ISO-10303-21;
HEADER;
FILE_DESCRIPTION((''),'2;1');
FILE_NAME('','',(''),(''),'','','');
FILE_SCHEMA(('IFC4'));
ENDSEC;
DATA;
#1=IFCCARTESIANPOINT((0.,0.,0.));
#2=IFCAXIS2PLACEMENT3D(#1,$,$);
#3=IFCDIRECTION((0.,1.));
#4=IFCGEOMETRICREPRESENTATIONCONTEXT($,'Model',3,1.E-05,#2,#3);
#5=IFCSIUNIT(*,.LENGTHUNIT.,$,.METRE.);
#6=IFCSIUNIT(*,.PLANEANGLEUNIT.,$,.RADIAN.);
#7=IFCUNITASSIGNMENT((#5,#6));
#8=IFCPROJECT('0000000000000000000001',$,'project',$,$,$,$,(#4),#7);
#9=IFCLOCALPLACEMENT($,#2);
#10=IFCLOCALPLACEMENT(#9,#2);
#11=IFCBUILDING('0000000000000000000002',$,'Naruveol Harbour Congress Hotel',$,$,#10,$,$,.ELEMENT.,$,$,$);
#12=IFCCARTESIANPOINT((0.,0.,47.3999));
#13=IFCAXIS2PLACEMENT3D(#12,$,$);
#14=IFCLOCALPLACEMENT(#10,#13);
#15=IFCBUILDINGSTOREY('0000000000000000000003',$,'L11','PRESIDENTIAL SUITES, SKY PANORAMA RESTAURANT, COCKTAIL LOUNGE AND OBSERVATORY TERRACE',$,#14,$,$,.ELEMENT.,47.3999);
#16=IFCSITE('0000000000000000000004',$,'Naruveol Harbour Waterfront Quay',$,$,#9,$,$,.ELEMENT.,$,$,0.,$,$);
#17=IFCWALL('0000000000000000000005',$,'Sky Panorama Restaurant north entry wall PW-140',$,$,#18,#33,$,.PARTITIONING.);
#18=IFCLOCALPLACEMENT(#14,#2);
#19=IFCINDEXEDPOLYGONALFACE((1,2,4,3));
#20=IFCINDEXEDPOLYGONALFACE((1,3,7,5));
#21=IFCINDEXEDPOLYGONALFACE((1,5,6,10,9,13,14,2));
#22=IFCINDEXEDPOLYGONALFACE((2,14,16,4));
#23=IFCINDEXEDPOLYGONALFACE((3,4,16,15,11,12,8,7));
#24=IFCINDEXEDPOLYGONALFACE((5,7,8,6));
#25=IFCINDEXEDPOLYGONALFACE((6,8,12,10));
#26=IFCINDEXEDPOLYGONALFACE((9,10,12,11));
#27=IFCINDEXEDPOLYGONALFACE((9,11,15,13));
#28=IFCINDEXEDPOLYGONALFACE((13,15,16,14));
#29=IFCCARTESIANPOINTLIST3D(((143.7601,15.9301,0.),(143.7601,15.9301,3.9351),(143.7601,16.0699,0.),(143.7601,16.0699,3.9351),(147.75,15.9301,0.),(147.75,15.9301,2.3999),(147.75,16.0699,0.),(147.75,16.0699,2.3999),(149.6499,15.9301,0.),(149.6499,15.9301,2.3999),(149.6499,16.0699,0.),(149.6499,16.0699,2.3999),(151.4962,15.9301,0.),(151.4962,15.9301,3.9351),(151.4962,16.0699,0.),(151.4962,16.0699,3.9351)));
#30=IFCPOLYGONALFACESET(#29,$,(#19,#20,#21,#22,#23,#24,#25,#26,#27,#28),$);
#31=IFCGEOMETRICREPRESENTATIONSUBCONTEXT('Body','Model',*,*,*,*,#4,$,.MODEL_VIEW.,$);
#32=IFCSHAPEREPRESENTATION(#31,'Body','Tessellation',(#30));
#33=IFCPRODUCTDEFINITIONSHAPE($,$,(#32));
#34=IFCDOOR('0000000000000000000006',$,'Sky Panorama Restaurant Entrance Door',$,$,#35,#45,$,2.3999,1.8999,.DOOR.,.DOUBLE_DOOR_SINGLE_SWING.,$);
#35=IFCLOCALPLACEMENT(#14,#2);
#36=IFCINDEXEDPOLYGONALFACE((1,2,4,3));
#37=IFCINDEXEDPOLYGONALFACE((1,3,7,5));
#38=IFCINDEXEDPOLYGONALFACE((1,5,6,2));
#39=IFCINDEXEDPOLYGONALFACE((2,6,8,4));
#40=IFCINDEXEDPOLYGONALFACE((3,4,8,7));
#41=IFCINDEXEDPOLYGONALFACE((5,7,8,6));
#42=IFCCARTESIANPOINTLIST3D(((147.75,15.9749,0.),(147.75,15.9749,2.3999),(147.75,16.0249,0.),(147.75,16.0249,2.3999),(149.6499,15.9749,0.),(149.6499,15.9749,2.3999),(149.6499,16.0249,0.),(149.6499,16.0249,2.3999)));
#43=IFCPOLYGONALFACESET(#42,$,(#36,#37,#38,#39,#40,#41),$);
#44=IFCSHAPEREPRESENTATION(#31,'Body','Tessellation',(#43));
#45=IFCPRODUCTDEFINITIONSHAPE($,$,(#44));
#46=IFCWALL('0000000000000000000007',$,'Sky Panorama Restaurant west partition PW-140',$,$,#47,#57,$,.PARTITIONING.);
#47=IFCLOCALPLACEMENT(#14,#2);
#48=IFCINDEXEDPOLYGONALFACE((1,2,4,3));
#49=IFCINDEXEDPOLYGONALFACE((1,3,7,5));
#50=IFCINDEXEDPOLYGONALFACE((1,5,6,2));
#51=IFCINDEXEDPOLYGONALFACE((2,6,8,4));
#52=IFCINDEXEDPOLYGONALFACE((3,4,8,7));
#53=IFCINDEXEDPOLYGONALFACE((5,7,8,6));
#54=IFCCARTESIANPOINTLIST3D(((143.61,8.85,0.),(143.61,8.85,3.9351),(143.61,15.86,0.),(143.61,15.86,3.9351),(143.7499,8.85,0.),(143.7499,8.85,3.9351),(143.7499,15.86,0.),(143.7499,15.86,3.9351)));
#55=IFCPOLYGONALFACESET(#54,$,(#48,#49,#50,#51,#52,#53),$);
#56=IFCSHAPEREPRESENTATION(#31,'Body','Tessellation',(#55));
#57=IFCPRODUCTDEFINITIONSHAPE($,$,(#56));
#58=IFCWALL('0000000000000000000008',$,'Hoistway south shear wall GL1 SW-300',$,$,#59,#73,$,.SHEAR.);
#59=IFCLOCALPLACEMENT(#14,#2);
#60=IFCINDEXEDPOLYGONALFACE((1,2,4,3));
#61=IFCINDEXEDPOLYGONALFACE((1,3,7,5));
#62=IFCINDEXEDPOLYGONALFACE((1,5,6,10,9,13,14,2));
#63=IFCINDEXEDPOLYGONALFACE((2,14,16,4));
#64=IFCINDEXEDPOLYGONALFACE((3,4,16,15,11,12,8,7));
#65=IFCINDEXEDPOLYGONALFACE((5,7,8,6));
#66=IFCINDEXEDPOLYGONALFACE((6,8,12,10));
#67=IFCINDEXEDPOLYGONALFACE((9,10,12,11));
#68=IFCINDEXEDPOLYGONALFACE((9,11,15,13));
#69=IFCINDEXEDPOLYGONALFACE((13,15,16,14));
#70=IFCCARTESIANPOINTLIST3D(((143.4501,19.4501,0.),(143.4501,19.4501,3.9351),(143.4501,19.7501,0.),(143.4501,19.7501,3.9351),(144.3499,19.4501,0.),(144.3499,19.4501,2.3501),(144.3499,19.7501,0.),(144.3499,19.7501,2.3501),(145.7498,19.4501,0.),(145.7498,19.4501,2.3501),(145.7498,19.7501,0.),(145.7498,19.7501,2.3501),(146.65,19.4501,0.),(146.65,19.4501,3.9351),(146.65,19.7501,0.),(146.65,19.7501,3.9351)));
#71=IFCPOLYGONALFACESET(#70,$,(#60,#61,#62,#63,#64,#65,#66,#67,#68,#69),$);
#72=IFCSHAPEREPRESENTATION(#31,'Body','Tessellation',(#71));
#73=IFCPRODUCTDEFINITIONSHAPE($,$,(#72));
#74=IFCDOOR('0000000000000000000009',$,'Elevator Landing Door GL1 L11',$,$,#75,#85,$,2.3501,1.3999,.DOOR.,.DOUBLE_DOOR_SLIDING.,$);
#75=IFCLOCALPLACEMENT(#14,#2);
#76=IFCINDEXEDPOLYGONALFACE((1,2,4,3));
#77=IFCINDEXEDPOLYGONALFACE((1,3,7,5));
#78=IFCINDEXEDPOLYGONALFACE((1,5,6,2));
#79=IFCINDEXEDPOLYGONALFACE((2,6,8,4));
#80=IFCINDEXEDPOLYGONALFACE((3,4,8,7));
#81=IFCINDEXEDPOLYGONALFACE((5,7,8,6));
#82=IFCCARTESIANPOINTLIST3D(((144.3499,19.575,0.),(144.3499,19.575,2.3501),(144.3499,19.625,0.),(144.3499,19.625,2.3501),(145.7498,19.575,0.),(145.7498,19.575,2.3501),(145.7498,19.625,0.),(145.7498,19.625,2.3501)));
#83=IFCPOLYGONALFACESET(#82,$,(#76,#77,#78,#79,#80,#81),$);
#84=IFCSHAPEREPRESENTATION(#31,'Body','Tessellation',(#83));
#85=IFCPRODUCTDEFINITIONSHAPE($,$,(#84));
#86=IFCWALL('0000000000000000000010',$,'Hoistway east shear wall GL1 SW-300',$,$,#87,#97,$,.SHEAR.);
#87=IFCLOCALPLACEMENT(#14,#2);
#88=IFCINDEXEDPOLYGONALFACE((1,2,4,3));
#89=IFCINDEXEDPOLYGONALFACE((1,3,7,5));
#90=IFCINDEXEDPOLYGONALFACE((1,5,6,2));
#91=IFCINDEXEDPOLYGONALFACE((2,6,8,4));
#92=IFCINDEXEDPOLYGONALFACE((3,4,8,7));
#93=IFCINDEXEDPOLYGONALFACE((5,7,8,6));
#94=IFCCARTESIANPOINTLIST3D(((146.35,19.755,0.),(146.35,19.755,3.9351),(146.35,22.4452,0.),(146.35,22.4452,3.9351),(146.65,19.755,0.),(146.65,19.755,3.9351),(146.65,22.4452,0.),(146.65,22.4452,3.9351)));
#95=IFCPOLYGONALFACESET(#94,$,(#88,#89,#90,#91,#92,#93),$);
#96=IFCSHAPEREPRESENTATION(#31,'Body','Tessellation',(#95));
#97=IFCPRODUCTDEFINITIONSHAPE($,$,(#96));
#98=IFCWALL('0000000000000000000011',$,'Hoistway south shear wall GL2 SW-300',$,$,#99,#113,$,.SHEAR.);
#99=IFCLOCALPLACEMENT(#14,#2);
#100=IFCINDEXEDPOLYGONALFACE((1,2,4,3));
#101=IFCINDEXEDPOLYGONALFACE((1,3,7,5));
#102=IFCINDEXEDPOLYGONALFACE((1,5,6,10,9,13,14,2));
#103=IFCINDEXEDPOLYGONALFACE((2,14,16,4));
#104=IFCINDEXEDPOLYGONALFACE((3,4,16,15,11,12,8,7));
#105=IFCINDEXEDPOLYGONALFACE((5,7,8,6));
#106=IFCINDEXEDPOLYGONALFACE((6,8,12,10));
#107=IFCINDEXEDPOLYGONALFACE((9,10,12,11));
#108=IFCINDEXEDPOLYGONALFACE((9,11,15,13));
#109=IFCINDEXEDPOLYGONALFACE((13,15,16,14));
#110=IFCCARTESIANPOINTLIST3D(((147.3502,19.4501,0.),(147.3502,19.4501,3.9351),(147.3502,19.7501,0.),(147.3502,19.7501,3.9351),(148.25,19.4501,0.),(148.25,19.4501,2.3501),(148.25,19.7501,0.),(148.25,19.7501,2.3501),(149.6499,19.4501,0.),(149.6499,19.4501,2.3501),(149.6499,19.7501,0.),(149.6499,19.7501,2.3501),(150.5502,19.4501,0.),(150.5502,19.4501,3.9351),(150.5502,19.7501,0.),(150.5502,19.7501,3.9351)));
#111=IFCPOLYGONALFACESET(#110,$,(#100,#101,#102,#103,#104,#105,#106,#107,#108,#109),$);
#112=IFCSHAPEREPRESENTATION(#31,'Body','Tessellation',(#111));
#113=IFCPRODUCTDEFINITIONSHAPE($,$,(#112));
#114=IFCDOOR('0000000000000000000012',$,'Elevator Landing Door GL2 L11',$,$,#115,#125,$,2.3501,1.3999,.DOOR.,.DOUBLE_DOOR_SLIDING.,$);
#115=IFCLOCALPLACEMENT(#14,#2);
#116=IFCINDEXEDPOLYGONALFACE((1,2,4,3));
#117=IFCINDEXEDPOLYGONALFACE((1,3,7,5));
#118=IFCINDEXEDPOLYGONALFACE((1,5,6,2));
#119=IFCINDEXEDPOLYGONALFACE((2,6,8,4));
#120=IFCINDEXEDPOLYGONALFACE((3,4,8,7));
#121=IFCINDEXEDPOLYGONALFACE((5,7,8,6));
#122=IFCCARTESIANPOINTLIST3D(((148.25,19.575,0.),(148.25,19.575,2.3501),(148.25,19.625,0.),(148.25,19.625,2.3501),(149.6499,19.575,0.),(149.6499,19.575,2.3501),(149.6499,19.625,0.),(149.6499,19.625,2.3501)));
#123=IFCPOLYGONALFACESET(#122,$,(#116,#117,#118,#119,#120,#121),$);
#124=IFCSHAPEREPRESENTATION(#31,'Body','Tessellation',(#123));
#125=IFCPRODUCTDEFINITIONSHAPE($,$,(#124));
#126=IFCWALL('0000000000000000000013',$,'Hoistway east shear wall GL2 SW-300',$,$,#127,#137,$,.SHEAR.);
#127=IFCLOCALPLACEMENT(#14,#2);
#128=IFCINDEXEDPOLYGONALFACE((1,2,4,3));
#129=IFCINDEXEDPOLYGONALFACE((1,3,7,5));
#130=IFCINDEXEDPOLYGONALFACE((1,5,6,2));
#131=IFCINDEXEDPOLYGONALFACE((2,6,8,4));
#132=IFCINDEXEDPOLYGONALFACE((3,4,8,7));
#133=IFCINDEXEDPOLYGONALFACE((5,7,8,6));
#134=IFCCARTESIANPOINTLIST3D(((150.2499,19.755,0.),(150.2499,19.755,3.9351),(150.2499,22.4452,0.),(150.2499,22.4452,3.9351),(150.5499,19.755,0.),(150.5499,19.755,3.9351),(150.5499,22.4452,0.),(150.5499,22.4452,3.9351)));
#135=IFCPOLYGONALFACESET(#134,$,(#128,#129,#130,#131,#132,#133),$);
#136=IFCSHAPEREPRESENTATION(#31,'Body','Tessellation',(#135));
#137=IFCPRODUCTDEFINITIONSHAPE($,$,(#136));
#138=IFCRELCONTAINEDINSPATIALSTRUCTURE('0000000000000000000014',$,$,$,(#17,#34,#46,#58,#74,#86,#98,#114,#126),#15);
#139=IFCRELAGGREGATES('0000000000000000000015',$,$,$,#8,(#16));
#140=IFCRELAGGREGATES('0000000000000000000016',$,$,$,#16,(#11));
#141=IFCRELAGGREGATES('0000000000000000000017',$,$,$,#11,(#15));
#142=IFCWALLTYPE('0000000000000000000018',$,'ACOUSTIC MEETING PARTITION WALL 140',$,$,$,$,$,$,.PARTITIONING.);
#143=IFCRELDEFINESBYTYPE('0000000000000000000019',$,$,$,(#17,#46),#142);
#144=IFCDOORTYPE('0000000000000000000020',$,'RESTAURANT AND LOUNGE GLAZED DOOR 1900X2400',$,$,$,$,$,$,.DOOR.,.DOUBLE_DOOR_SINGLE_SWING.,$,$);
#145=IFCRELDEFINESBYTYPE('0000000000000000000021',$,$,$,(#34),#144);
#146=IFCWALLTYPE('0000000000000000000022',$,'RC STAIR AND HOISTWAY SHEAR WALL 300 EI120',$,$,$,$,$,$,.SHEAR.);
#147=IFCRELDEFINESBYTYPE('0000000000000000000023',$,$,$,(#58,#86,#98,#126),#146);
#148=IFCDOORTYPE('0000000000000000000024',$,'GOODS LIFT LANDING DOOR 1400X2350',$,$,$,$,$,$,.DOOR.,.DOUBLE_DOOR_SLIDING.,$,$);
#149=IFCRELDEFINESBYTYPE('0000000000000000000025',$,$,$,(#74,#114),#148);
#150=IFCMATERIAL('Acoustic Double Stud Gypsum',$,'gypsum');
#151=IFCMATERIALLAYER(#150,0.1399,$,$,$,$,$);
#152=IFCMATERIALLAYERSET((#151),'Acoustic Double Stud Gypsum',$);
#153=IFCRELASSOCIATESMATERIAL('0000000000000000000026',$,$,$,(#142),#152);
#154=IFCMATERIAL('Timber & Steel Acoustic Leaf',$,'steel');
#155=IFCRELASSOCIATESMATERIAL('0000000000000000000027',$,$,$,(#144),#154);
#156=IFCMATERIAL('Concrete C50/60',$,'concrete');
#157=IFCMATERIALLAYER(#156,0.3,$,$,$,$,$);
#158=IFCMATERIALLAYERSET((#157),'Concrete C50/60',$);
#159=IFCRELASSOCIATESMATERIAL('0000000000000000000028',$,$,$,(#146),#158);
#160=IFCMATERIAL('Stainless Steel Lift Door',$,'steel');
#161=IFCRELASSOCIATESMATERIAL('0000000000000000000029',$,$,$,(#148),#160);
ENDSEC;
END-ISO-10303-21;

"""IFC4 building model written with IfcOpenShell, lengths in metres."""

from ifc_helpers import new_model, si_unit, direction, frame, frame_2d, origin, place, context, subcontext, project, spatial, rectangle, extrude, material, layer, layer_set, type_object, element, fill, save


model = new_model("IFC4")

# Units and contexts
model_context = context("Model", 3, precision=1e-05, world=origin(), true_north=direction((0.0, 1.0)))
body_context = subcontext(model_context, "Body", "Model", "MODEL_VIEW")
ifc_project = project(units=[si_unit("LENGTHUNIT", "METRE"), si_unit("PLANEANGLEUNIT", "RADIAN")], contexts=[model_context])

# Site, building, storey
site_placement = place(None, origin())
site = spatial("IfcSite", under=ifc_project, at=site_placement, Name="Naruveol Harbour Waterfront Quay", CompositionType="ELEMENT", RefElevation=0.0)
building_placement = place(site_placement, origin())
building = spatial("IfcBuilding", under=site, at=building_placement, Name="Naruveol Harbour Congress Hotel", CompositionType="ELEMENT")
storey_placement = place(building_placement, frame((0.0, 0.0, 47.3999)))
storey = spatial("IfcBuildingStorey", under=building, at=storey_placement, Name="L11", Description="PRESIDENTIAL SUITES, SKY PANORAMA RESTAURANT, COCKTAIL LOUNGE AND OBSERVATORY TERRACE", CompositionType="ELEMENT", Elevation=47.3999)

# Wall, opening, door
ifc_material_1 = material(Name="Acoustic Double Stud Gypsum", Category="gypsum")
ifc_layer_1 = layer(ifc_material_1, 0.1399)
ifc_layer_set_1 = layer_set([ifc_layer_1], Name="Acoustic Double Stud Gypsum")
wall_type_1 = type_object("IfcWallType", Name="ACOUSTIC MEETING PARTITION WALL 140", PredefinedType="PARTITIONING", material=ifc_layer_set_1)
wall_1_placement = place(storey_placement, frame((143.76, 16.0, 0.0), z_axis=(0.0, 0.0, 1.0), x_axis=(1.0, 0.0, 0.0)))
wall_1 = element("IfcWall", 1, at=wall_1_placement, inside=storey, type_object=wall_type_1, Name="Sky Panorama Restaurant north entry wall PW-140", PredefinedType="PARTITIONING", context=body_context, shape_type="SweptSolid", body=[
    extrude(rectangle(XDim=7.7361, YDim=0.1399, at=frame_2d((3.8682, 0.0))), origin(), (0.0, 0.0, 1.0), 3.9351),
])
opening_1_placement = place(wall_1_placement, frame((3.99, 0.0, 0.0)))
opening_1 = element("IfcOpeningElement", 2, at=opening_1_placement, cuts=wall_1, PredefinedType="OPENING", context=body_context, shape_type="SweptSolid", body=[
    extrude(rectangle(XDim=1.8999, YDim=2.3999, at=frame_2d((0.95, 1.2))), frame((0.0, 0.0798, 0.0), z_axis=(0.0, -1.0, 0.0), x_axis=(1.0, 0.0, 0.0)), (0.0, 0.0, 1.0), 0.1599),
])
ifc_material_2 = material(Name="Timber & Steel Acoustic Leaf", Category="steel")
door_type_1 = type_object("IfcDoorType", Name="RESTAURANT AND LOUNGE GLAZED DOOR 1900X2400", OperationType="DOUBLE_DOOR_SINGLE_SWING", PredefinedType="DOOR", material=ifc_material_2)
door_1_placement = place(opening_1_placement, origin())
door_1 = element("IfcDoor", 3, at=door_1_placement, inside=storey, type_object=door_type_1, Name="Sky Panorama Restaurant Entrance Door", OperationType="DOUBLE_DOOR_SINGLE_SWING", OverallHeight=2.3999, OverallWidth=1.8999, PredefinedType="DOOR", context=body_context, shape_type="SweptSolid", body=[
    extrude(rectangle(XDim=1.8999, YDim=2.3999, at=frame_2d((0.95, 1.2))), frame((0.0, 0.0249, 0.0), z_axis=(0.0, -1.0, 0.0), x_axis=(1.0, 0.0, 0.0)), (0.0, 0.0, 1.0), 0.05),
])
fill(opening_1, door_1)

# Wall
wall_2_placement = place(storey_placement, frame((143.6799, 8.8501, 0.0), z_axis=(0.0, 0.0, 1.0), x_axis=(0.0, 1.0, 0.0)))
element("IfcWall", 4, at=wall_2_placement, inside=storey, type_object=wall_type_1, Name="Sky Panorama Restaurant west partition PW-140", PredefinedType="PARTITIONING", context=body_context, shape_type="SweptSolid", body=[
    extrude(rectangle(XDim=7.01, YDim=0.1399, at=frame_2d((3.5049, 0.0))), origin(), (0.0, 0.0, 1.0), 3.9351),
])

# Wall, opening, door
ifc_material_3 = material(Name="Concrete C50/60", Category="concrete")
ifc_layer_2 = layer(ifc_material_3, 0.3)
ifc_layer_set_2 = layer_set([ifc_layer_2], Name="Concrete C50/60")
wall_type_2 = type_object("IfcWallType", Name="RC STAIR AND HOISTWAY SHEAR WALL 300 EI120", PredefinedType="SHEAR", material=ifc_layer_set_2)
wall_3_placement = place(storey_placement, frame((143.45, 19.6001, 0.0), z_axis=(0.0, 0.0, 1.0), x_axis=(1.0, 0.0, 0.0)))
wall_3 = element("IfcWall", 5, at=wall_3_placement, inside=storey, type_object=wall_type_2, Name="Hoistway south shear wall GL1 SW-300", PredefinedType="SHEAR", context=body_context, shape_type="SweptSolid", body=[
    extrude(rectangle(XDim=3.2, YDim=0.3, at=frame_2d((1.6001, 0.0))), origin(), (0.0, 0.0, 1.0), 3.9351),
])
opening_2_placement = place(wall_3_placement, frame((0.8999, 0.0, 0.0)))
opening_2 = element("IfcOpeningElement", 6, at=opening_2_placement, cuts=wall_3, PredefinedType="OPENING", context=body_context, shape_type="SweptSolid", body=[
    extrude(rectangle(XDim=1.3999, YDim=2.3501, at=frame_2d((0.7, 1.175))), frame((0.0, 0.1599, 0.0), z_axis=(0.0, -1.0, 0.0), x_axis=(1.0, 0.0, 0.0)), (0.0, 0.0, 1.0), 0.3201),
])
ifc_material_4 = material(Name="Stainless Steel Lift Door", Category="steel")
door_type_2 = type_object("IfcDoorType", Name="GOODS LIFT LANDING DOOR 1400X2350", OperationType="DOUBLE_DOOR_SLIDING", PredefinedType="DOOR", material=ifc_material_4)
door_2_placement = place(opening_2_placement, origin())
door_2 = element("IfcDoor", 7, at=door_2_placement, inside=storey, type_object=door_type_2, Name="Elevator Landing Door GL1 L11", OperationType="DOUBLE_DOOR_SLIDING", OverallHeight=2.3501, OverallWidth=1.3999, PredefinedType="DOOR", context=body_context, shape_type="SweptSolid", body=[
    extrude(rectangle(XDim=1.3999, YDim=2.3501, at=frame_2d((0.7, 1.175))), frame((0.0, 0.0249, 0.0), z_axis=(0.0, -1.0, 0.0), x_axis=(1.0, 0.0, 0.0)), (0.0, 0.0, 1.0), 0.05),
])
fill(opening_2, door_2)

# Wall
wall_4_placement = place(storey_placement, frame((146.5, 19.7549, 0.0), z_axis=(0.0, 0.0, 1.0), x_axis=(0.0, 1.0, 0.0)))
element("IfcWall", 8, at=wall_4_placement, inside=storey, type_object=wall_type_2, Name="Hoistway east shear wall GL1 SW-300", PredefinedType="SHEAR", context=body_context, shape_type="SweptSolid", body=[
    extrude(rectangle(XDim=2.6902, YDim=0.3, at=frame_2d((1.3452, 0.0))), origin(), (0.0, 0.0, 1.0), 3.9351),
])

# Wall, opening, door
wall_5_placement = place(storey_placement, frame((147.3501, 19.6001, 0.0), z_axis=(0.0, 0.0, 1.0), x_axis=(1.0, 0.0, 0.0)))
wall_5 = element("IfcWall", 9, at=wall_5_placement, inside=storey, type_object=wall_type_2, Name="Hoistway south shear wall GL2 SW-300", PredefinedType="SHEAR", context=body_context, shape_type="SweptSolid", body=[
    extrude(rectangle(XDim=3.2, YDim=0.3, at=frame_2d((1.6001, 0.0))), origin(), (0.0, 0.0, 1.0), 3.9351),
])
opening_3_placement = place(wall_5_placement, frame((0.8999, 0.0, 0.0)))
opening_3 = element("IfcOpeningElement", 10, at=opening_3_placement, cuts=wall_5, PredefinedType="OPENING", context=body_context, shape_type="SweptSolid", body=[
    extrude(rectangle(XDim=1.3999, YDim=2.3501, at=frame_2d((0.7, 1.175))), frame((0.0, 0.1599, 0.0), z_axis=(0.0, -1.0, 0.0), x_axis=(1.0, 0.0, 0.0)), (0.0, 0.0, 1.0), 0.3201),
])
door_3_placement = place(opening_3_placement, origin())
door_3 = element("IfcDoor", 11, at=door_3_placement, inside=storey, type_object=door_type_2, Name="Elevator Landing Door GL2 L11", OperationType="DOUBLE_DOOR_SLIDING", OverallHeight=2.3501, OverallWidth=1.3999, PredefinedType="DOOR", context=body_context, shape_type="SweptSolid", body=[
    extrude(rectangle(XDim=1.3999, YDim=2.3501, at=frame_2d((0.7, 1.175))), frame((0.0, 0.0249, 0.0), z_axis=(0.0, -1.0, 0.0), x_axis=(1.0, 0.0, 0.0)), (0.0, 0.0, 1.0), 0.05),
])
fill(opening_3, door_3)

# Wall
wall_6_placement = place(storey_placement, frame((150.3999, 19.7549, 0.0), z_axis=(0.0, 0.0, 1.0), x_axis=(0.0, 1.0, 0.0)))
element("IfcWall", 12, at=wall_6_placement, inside=storey, type_object=wall_type_2, Name="Hoistway east shear wall GL2 SW-300", PredefinedType="SHEAR", context=body_context, shape_type="SweptSolid", body=[
    extrude(rectangle(XDim=2.6902, YDim=0.3, at=frame_2d((1.3452, 0.0))), origin(), (0.0, 0.0, 1.0), 3.9351),
])

save(model, "model.ifc")
